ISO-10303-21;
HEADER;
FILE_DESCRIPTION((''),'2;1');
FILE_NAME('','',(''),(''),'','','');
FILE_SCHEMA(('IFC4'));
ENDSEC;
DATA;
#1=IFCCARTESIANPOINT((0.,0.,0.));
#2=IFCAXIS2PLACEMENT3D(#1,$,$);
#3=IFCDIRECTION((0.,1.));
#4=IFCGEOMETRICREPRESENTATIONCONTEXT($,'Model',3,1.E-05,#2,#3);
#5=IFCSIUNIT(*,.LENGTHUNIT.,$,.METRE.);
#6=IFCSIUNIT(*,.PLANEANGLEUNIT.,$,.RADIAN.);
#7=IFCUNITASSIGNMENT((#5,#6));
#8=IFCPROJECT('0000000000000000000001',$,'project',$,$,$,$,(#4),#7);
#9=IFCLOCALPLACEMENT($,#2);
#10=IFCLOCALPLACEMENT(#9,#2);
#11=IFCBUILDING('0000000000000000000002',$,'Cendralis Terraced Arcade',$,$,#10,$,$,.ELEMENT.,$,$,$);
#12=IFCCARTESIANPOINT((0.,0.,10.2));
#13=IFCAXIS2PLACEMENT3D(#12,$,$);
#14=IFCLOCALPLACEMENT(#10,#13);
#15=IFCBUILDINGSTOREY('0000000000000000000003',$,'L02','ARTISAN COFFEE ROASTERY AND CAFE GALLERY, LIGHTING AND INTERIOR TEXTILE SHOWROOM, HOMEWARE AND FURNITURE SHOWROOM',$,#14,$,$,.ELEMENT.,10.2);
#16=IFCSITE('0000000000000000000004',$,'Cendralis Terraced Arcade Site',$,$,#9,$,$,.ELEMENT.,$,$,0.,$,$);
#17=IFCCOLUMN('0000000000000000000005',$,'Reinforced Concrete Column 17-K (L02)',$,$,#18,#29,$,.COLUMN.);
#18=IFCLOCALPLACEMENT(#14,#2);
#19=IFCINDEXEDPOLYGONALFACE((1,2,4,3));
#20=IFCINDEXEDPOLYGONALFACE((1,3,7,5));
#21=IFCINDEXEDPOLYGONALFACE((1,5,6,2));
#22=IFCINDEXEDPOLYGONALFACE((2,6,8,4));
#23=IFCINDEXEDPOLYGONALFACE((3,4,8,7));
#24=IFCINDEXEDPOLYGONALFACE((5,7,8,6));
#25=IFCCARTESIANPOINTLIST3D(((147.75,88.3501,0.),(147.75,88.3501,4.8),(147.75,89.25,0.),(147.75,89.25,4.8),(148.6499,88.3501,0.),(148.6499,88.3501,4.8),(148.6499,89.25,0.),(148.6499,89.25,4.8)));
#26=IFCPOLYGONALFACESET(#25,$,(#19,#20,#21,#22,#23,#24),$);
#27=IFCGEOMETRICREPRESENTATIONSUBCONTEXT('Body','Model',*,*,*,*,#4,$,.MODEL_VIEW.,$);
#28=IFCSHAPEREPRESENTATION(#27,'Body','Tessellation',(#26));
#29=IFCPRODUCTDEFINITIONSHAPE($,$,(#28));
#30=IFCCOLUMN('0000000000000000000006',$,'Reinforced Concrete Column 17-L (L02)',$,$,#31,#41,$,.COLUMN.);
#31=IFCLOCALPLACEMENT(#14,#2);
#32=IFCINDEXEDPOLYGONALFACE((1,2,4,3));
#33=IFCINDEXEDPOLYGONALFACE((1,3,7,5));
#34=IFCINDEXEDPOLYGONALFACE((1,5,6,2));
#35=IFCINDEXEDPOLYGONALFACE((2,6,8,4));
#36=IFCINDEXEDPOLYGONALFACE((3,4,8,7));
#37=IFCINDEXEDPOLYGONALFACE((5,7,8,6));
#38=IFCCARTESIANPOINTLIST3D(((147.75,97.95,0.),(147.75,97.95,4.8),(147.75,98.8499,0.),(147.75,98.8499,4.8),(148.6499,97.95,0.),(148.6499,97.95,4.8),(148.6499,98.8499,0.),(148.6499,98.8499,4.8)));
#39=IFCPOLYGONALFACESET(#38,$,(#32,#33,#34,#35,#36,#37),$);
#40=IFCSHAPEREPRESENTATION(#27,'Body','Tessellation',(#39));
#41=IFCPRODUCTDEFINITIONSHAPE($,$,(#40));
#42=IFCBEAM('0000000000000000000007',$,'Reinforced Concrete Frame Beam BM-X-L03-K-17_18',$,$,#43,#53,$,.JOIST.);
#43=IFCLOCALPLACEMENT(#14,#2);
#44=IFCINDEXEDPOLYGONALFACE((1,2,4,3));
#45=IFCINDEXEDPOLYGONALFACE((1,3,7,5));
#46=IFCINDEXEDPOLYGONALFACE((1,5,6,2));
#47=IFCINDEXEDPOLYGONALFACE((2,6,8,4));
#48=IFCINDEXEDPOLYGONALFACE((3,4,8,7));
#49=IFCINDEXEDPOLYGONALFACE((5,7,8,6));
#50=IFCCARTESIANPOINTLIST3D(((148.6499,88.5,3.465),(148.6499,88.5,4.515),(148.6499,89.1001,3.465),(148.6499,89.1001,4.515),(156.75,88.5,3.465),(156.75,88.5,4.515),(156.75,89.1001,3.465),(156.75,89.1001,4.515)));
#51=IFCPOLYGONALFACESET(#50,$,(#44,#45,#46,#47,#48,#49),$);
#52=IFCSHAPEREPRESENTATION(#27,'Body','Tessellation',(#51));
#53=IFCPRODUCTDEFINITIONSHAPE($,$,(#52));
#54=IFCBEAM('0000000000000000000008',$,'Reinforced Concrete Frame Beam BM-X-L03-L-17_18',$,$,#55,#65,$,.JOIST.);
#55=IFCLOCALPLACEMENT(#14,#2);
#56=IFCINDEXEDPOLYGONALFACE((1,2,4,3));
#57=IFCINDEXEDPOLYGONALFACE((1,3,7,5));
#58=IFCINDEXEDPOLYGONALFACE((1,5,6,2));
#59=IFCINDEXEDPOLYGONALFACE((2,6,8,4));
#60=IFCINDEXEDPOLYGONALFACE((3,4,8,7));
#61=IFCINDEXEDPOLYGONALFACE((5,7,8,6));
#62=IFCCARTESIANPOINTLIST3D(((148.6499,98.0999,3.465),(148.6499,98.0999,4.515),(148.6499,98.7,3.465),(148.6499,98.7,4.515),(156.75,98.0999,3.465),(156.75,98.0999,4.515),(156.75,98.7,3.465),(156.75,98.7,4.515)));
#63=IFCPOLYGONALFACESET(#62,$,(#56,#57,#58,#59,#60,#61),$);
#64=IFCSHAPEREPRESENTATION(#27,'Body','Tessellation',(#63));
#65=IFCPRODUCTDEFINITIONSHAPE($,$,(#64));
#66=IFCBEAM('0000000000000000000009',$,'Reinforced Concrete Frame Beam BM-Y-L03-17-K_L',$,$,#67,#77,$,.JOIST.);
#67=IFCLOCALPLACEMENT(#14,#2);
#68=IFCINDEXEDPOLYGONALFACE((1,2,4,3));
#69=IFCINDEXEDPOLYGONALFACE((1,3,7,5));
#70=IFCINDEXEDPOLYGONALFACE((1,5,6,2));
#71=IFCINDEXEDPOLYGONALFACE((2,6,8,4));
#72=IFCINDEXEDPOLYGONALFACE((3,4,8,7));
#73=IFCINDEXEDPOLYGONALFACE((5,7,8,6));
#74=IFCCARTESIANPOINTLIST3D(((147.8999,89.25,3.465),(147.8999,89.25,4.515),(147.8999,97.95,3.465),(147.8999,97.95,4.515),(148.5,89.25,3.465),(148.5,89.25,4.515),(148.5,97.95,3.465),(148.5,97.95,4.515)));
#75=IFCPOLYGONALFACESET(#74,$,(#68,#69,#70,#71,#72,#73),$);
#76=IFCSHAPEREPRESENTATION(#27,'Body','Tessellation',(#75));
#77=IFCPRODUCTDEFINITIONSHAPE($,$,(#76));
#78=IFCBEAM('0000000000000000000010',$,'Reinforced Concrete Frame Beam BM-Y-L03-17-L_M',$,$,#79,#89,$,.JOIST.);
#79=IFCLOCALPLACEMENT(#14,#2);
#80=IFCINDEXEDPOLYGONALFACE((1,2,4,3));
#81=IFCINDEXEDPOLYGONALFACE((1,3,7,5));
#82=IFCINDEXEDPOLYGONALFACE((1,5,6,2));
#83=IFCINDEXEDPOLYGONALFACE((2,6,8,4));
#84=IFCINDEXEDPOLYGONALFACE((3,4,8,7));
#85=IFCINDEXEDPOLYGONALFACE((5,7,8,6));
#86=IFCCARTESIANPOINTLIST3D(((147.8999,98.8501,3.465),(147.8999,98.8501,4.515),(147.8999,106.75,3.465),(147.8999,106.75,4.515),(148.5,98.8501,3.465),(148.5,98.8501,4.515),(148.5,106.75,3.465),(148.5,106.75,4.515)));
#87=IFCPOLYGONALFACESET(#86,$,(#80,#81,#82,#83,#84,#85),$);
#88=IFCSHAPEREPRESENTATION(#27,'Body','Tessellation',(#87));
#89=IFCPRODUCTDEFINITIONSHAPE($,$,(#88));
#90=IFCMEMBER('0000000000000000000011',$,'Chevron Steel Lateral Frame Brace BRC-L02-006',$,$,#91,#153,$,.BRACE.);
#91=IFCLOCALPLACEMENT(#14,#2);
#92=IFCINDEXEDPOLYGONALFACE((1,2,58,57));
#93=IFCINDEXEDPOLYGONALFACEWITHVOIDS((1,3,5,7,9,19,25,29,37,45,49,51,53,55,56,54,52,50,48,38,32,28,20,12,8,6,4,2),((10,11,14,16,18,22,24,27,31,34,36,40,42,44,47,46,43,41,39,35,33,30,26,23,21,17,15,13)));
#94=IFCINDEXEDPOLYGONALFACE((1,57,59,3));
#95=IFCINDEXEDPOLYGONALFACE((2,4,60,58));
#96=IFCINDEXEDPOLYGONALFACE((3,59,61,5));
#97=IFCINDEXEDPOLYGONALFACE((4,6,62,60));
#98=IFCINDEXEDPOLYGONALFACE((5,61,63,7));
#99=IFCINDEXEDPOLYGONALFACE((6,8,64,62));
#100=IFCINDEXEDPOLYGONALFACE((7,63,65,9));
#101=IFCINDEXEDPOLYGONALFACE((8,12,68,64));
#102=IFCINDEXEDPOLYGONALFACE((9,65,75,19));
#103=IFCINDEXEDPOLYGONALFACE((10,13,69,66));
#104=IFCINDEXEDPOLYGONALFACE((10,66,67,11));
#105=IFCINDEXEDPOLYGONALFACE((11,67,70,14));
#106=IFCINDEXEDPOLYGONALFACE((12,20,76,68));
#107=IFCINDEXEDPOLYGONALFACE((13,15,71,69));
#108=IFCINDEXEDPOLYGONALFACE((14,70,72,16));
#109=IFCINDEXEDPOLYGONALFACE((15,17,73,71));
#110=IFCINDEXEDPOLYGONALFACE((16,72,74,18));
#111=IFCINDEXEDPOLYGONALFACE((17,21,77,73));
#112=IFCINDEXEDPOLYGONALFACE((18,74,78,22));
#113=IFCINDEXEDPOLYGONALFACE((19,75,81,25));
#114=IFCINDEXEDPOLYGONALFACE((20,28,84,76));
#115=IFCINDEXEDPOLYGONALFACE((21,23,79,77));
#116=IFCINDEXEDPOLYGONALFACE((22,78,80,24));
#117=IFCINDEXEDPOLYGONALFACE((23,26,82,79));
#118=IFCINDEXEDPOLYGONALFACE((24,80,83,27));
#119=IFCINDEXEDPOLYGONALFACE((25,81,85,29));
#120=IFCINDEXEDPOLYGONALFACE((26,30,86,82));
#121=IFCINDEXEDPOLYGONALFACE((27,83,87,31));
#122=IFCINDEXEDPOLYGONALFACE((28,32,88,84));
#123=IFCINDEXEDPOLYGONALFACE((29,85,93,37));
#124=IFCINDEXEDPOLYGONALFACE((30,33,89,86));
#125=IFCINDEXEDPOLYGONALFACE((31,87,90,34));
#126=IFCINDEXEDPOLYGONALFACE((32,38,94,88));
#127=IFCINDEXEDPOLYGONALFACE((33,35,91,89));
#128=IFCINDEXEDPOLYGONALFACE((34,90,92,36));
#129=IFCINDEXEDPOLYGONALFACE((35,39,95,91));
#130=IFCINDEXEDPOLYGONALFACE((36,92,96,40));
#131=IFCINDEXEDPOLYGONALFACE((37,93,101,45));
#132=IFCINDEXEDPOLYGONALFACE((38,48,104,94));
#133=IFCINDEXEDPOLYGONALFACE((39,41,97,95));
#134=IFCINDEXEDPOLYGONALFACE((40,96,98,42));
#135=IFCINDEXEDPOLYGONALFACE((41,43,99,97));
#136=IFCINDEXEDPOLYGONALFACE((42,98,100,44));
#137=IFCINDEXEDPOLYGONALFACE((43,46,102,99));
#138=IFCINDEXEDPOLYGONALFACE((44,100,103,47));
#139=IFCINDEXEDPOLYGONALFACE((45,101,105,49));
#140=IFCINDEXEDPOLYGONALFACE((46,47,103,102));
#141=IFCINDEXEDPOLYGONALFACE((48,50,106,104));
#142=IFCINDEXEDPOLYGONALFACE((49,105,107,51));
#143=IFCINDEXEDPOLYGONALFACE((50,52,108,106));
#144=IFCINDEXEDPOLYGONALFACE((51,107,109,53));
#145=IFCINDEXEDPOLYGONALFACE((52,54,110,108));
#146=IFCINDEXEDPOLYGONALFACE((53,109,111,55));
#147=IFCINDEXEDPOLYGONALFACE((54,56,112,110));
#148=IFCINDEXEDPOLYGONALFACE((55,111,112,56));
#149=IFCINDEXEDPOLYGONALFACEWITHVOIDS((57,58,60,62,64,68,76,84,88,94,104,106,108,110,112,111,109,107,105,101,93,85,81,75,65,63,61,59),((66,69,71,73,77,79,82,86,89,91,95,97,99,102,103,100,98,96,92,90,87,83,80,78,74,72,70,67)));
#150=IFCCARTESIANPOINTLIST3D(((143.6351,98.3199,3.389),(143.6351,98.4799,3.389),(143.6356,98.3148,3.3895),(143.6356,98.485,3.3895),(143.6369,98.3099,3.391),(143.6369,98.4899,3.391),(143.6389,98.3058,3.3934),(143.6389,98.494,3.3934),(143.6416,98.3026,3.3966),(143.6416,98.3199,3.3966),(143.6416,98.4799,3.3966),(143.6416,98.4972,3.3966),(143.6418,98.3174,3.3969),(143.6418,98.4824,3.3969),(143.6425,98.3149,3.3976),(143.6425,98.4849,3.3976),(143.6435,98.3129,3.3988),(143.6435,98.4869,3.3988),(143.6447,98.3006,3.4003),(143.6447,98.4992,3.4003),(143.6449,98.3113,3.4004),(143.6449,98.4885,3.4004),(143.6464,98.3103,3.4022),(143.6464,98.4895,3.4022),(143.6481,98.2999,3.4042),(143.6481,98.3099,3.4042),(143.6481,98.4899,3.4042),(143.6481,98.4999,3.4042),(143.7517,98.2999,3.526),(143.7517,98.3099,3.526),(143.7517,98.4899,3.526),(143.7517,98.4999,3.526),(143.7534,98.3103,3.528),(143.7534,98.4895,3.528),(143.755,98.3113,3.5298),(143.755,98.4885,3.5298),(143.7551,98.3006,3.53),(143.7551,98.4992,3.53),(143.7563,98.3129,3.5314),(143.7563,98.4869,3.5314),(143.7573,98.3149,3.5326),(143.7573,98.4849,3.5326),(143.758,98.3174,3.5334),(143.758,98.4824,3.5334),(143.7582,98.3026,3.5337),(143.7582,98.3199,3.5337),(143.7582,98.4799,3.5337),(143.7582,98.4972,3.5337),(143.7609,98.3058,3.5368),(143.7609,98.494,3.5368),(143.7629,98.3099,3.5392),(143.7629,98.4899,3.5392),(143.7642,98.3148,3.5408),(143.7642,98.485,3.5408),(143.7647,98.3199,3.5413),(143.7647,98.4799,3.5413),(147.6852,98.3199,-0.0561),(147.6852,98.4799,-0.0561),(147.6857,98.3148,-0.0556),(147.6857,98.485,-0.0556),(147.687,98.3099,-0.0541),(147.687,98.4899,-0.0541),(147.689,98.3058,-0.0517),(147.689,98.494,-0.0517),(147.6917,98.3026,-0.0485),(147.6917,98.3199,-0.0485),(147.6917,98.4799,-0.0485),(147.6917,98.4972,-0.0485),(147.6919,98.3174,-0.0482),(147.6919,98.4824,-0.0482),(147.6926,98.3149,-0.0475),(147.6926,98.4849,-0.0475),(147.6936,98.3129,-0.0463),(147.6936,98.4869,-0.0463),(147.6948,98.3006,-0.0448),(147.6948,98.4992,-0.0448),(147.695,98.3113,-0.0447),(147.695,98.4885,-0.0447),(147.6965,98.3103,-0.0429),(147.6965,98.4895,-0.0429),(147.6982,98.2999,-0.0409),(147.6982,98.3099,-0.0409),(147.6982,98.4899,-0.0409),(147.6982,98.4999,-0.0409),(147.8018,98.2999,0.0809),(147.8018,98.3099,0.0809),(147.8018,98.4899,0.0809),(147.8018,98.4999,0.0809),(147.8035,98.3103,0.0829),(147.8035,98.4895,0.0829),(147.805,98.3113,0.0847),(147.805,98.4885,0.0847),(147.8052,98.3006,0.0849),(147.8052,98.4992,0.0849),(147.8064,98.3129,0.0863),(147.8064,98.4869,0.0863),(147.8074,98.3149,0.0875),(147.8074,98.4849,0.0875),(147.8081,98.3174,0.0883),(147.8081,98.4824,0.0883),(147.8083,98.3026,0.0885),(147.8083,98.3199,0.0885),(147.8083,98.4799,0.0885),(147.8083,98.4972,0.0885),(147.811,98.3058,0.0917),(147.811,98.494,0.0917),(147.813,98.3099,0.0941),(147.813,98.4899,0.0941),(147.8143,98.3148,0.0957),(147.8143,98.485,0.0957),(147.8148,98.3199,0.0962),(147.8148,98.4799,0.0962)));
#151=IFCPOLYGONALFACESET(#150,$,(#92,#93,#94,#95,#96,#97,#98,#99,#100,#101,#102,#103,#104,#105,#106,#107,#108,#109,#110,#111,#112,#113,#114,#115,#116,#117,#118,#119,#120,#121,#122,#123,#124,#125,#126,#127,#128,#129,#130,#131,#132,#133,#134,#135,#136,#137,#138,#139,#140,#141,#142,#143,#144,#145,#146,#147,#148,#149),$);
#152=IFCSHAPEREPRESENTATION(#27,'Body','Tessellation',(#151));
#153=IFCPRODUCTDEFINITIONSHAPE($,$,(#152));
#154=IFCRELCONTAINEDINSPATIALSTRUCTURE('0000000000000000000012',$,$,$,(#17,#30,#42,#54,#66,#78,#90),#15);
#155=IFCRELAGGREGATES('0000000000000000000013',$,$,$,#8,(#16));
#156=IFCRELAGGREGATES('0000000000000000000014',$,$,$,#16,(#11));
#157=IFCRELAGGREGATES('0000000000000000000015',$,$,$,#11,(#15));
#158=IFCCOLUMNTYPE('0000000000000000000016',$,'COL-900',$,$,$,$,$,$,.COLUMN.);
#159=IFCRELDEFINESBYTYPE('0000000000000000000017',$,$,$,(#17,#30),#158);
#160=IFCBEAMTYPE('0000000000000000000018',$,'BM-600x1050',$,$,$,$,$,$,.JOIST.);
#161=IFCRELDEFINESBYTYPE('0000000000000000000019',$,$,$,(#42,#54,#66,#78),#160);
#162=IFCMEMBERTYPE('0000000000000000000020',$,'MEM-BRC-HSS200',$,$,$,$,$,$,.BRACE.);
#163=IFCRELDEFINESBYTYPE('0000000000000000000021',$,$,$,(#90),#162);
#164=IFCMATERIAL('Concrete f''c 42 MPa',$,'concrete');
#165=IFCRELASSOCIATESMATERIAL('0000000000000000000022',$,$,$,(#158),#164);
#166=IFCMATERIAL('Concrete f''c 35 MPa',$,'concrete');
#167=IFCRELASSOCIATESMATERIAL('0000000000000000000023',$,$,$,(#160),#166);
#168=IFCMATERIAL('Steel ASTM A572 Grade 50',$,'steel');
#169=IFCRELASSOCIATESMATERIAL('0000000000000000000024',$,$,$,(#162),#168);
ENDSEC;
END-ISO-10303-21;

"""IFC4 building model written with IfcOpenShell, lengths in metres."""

from ifc_helpers import new_model, si_unit, direction, frame, origin, origin_2d, place, context, subcontext, project, spatial, rectangle, hollow_rectangle, extrude, material, material_profile, profile_set, type_object, element, save


model = new_model("IFC4")

# Units and contexts
model_context = context("Model", 3, precision=1e-05, world=origin(), true_north=direction((0.0, 1.0)))
body_context = subcontext(model_context, "Body", "Model", "MODEL_VIEW")
ifc_project = project(units=[si_unit("LENGTHUNIT", "METRE"), si_unit("PLANEANGLEUNIT", "RADIAN")], contexts=[model_context])

# Site, building, storey
site_placement = place(None, origin())
site = spatial("IfcSite", under=ifc_project, at=site_placement, Name="Cendralis Terraced Arcade Site", CompositionType="ELEMENT", RefElevation=0.0)
building_placement = place(site_placement, origin())
building = spatial("IfcBuilding", under=site, at=building_placement, Name="Cendralis Terraced Arcade", CompositionType="ELEMENT")
storey_placement = place(building_placement, frame((0.0, 0.0, 10.2)))
storey = spatial("IfcBuildingStorey", under=building, at=storey_placement, Name="L02", Description="ARTISAN COFFEE ROASTERY AND CAFE GALLERY, LIGHTING AND INTERIOR TEXTILE SHOWROOM, HOMEWARE AND FURNITURE SHOWROOM", CompositionType="ELEMENT", Elevation=10.2)

# Columns
ifc_material_1 = material(Name="Concrete f'c 42 MPa", Category="concrete")
ifc_material_profile_1 = material_profile(ifc_material_1, rectangle(XDim=0.8999, YDim=0.8999, at=origin_2d()), Name="RC-COL-900x900", Category="LoadBearing")
ifc_profile_set_1 = profile_set([ifc_material_profile_1], Name="Concrete f'c 42 MPa")
column_type = type_object("IfcColumnType", Name="COL-900", PredefinedType="COLUMN", material=ifc_profile_set_1)
for number, where, z_axis, x_axis, name in (
    (1, (148.2, 88.8, 0.0), (0.0, 0.0, 1.0), (1.0, 0.0, 0.0), "Reinforced Concrete Column 17-K (L02)"),
    (2, (148.2, 98.3999, 0.0), (0.0, 0.0, 1.0), (1.0, 0.0, 0.0), "Reinforced Concrete Column 17-L (L02)"),
):
    element("IfcColumn", number, at=place(storey_placement, frame(where, z_axis=z_axis, x_axis=x_axis)), inside=storey, type_object=column_type, Name=name, PredefinedType="COLUMN", context=body_context, shape_type="SweptSolid", body=[
        extrude(rectangle(XDim=0.8999, YDim=0.8999, at=origin_2d()), origin(), (0.0, 0.0, 1.0), 4.8),
    ])

# Beams
ifc_material_2 = material(Name="Concrete f'c 35 MPa", Category="concrete")
ifc_material_profile_2 = material_profile(ifc_material_2, rectangle(XDim=0.6001, YDim=1.05, at=origin_2d()), Name="RC-BM-600x1050", Category="LoadBearing")
ifc_profile_set_2 = profile_set([ifc_material_profile_2], Name="Concrete f'c 35 MPa")
beam_type = type_object("IfcBeamType", Name="BM-600x1050", PredefinedType="JOIST", material=ifc_profile_set_2)
for number, where, z_axis, x_axis, name in (
    (3, (148.6499, 88.8, 3.99), (1.0, 0.0, 0.0), (0.0, 1.0, 0.0), "Reinforced Concrete Frame Beam BM-X-L03-K-17_18"),
    (4, (148.6499, 98.3999, 3.99), (1.0, 0.0, 0.0), (0.0, 1.0, 0.0), "Reinforced Concrete Frame Beam BM-X-L03-L-17_18"),
):
    element("IfcBeam", number, at=place(storey_placement, frame(where, z_axis=z_axis, x_axis=x_axis)), inside=storey, type_object=beam_type, Name=name, PredefinedType="JOIST", context=body_context, shape_type="SweptSolid", body=[
        extrude(rectangle(XDim=0.6001, YDim=1.05, at=origin_2d()), origin(), (0.0, 0.0, 1.0), 8.1001),
    ])
beam_1_placement = place(storey_placement, frame((148.2, 89.25, 3.99), z_axis=(0.0, 1.0, 0.0), x_axis=(-1.0, 0.0, 0.0)))
element("IfcBeam", 5, at=beam_1_placement, inside=storey, type_object=beam_type, Name="Reinforced Concrete Frame Beam BM-Y-L03-17-K_L", PredefinedType="JOIST", context=body_context, shape_type="SweptSolid", body=[
    extrude(rectangle(XDim=0.6001, YDim=1.05, at=origin_2d()), origin(), (0.0, 0.0, 1.0), 8.7),
])
beam_2_placement = place(storey_placement, frame((148.2, 98.8501, 3.99), z_axis=(0.0, 1.0, 0.0), x_axis=(-1.0, 0.0, 0.0)))
element("IfcBeam", 6, at=beam_2_placement, inside=storey, type_object=beam_type, Name="Reinforced Concrete Frame Beam BM-Y-L03-17-L_M", PredefinedType="JOIST", context=body_context, shape_type="SweptSolid", body=[
    extrude(rectangle(XDim=0.6001, YDim=1.05, at=origin_2d()), origin(), (0.0, 0.0, 1.0), 7.8999),
])

# Member
ifc_material_3 = material(Name="Steel ASTM A572 Grade 50", Category="steel")
ifc_material_profile_3 = material_profile(ifc_material_3, hollow_rectangle(XDim=0.2, YDim=0.2, WallThickness=0.01, InnerFilletRadius=0.01, OuterFilletRadius=0.02, at=origin_2d()), Name="HSS200X200X10", Category="LoadBearing")
ifc_profile_set_3 = profile_set([ifc_material_profile_3], Name="Steel ASTM A572 Grade 50")
member_type = type_object("IfcMemberType", Name="MEM-BRC-HSS200", PredefinedType="BRACE", material=ifc_profile_set_3)
for number, where, z_axis, x_axis, name in (
    (7, (147.75, 98.3999, 0.02), (-0.761705, 0.0, 0.647924), (0.0, -1.0, 0.0), "Chevron Steel Lateral Frame Brace BRC-L02-006"),
):
    element("IfcMember", number, at=place(storey_placement, frame(where, z_axis=z_axis, x_axis=x_axis)), inside=storey, type_object=member_type, Name=name, PredefinedType="BRACE", context=body_context, shape_type="SweptSolid", body=[
        extrude(hollow_rectangle(XDim=0.2, YDim=0.2, WallThickness=0.01, InnerFilletRadius=0.01, OuterFilletRadius=0.02, at=origin_2d()), origin(), (0.0, 0.0, 1.0), 5.3171),
    ])

save(model, "model.ifc")
